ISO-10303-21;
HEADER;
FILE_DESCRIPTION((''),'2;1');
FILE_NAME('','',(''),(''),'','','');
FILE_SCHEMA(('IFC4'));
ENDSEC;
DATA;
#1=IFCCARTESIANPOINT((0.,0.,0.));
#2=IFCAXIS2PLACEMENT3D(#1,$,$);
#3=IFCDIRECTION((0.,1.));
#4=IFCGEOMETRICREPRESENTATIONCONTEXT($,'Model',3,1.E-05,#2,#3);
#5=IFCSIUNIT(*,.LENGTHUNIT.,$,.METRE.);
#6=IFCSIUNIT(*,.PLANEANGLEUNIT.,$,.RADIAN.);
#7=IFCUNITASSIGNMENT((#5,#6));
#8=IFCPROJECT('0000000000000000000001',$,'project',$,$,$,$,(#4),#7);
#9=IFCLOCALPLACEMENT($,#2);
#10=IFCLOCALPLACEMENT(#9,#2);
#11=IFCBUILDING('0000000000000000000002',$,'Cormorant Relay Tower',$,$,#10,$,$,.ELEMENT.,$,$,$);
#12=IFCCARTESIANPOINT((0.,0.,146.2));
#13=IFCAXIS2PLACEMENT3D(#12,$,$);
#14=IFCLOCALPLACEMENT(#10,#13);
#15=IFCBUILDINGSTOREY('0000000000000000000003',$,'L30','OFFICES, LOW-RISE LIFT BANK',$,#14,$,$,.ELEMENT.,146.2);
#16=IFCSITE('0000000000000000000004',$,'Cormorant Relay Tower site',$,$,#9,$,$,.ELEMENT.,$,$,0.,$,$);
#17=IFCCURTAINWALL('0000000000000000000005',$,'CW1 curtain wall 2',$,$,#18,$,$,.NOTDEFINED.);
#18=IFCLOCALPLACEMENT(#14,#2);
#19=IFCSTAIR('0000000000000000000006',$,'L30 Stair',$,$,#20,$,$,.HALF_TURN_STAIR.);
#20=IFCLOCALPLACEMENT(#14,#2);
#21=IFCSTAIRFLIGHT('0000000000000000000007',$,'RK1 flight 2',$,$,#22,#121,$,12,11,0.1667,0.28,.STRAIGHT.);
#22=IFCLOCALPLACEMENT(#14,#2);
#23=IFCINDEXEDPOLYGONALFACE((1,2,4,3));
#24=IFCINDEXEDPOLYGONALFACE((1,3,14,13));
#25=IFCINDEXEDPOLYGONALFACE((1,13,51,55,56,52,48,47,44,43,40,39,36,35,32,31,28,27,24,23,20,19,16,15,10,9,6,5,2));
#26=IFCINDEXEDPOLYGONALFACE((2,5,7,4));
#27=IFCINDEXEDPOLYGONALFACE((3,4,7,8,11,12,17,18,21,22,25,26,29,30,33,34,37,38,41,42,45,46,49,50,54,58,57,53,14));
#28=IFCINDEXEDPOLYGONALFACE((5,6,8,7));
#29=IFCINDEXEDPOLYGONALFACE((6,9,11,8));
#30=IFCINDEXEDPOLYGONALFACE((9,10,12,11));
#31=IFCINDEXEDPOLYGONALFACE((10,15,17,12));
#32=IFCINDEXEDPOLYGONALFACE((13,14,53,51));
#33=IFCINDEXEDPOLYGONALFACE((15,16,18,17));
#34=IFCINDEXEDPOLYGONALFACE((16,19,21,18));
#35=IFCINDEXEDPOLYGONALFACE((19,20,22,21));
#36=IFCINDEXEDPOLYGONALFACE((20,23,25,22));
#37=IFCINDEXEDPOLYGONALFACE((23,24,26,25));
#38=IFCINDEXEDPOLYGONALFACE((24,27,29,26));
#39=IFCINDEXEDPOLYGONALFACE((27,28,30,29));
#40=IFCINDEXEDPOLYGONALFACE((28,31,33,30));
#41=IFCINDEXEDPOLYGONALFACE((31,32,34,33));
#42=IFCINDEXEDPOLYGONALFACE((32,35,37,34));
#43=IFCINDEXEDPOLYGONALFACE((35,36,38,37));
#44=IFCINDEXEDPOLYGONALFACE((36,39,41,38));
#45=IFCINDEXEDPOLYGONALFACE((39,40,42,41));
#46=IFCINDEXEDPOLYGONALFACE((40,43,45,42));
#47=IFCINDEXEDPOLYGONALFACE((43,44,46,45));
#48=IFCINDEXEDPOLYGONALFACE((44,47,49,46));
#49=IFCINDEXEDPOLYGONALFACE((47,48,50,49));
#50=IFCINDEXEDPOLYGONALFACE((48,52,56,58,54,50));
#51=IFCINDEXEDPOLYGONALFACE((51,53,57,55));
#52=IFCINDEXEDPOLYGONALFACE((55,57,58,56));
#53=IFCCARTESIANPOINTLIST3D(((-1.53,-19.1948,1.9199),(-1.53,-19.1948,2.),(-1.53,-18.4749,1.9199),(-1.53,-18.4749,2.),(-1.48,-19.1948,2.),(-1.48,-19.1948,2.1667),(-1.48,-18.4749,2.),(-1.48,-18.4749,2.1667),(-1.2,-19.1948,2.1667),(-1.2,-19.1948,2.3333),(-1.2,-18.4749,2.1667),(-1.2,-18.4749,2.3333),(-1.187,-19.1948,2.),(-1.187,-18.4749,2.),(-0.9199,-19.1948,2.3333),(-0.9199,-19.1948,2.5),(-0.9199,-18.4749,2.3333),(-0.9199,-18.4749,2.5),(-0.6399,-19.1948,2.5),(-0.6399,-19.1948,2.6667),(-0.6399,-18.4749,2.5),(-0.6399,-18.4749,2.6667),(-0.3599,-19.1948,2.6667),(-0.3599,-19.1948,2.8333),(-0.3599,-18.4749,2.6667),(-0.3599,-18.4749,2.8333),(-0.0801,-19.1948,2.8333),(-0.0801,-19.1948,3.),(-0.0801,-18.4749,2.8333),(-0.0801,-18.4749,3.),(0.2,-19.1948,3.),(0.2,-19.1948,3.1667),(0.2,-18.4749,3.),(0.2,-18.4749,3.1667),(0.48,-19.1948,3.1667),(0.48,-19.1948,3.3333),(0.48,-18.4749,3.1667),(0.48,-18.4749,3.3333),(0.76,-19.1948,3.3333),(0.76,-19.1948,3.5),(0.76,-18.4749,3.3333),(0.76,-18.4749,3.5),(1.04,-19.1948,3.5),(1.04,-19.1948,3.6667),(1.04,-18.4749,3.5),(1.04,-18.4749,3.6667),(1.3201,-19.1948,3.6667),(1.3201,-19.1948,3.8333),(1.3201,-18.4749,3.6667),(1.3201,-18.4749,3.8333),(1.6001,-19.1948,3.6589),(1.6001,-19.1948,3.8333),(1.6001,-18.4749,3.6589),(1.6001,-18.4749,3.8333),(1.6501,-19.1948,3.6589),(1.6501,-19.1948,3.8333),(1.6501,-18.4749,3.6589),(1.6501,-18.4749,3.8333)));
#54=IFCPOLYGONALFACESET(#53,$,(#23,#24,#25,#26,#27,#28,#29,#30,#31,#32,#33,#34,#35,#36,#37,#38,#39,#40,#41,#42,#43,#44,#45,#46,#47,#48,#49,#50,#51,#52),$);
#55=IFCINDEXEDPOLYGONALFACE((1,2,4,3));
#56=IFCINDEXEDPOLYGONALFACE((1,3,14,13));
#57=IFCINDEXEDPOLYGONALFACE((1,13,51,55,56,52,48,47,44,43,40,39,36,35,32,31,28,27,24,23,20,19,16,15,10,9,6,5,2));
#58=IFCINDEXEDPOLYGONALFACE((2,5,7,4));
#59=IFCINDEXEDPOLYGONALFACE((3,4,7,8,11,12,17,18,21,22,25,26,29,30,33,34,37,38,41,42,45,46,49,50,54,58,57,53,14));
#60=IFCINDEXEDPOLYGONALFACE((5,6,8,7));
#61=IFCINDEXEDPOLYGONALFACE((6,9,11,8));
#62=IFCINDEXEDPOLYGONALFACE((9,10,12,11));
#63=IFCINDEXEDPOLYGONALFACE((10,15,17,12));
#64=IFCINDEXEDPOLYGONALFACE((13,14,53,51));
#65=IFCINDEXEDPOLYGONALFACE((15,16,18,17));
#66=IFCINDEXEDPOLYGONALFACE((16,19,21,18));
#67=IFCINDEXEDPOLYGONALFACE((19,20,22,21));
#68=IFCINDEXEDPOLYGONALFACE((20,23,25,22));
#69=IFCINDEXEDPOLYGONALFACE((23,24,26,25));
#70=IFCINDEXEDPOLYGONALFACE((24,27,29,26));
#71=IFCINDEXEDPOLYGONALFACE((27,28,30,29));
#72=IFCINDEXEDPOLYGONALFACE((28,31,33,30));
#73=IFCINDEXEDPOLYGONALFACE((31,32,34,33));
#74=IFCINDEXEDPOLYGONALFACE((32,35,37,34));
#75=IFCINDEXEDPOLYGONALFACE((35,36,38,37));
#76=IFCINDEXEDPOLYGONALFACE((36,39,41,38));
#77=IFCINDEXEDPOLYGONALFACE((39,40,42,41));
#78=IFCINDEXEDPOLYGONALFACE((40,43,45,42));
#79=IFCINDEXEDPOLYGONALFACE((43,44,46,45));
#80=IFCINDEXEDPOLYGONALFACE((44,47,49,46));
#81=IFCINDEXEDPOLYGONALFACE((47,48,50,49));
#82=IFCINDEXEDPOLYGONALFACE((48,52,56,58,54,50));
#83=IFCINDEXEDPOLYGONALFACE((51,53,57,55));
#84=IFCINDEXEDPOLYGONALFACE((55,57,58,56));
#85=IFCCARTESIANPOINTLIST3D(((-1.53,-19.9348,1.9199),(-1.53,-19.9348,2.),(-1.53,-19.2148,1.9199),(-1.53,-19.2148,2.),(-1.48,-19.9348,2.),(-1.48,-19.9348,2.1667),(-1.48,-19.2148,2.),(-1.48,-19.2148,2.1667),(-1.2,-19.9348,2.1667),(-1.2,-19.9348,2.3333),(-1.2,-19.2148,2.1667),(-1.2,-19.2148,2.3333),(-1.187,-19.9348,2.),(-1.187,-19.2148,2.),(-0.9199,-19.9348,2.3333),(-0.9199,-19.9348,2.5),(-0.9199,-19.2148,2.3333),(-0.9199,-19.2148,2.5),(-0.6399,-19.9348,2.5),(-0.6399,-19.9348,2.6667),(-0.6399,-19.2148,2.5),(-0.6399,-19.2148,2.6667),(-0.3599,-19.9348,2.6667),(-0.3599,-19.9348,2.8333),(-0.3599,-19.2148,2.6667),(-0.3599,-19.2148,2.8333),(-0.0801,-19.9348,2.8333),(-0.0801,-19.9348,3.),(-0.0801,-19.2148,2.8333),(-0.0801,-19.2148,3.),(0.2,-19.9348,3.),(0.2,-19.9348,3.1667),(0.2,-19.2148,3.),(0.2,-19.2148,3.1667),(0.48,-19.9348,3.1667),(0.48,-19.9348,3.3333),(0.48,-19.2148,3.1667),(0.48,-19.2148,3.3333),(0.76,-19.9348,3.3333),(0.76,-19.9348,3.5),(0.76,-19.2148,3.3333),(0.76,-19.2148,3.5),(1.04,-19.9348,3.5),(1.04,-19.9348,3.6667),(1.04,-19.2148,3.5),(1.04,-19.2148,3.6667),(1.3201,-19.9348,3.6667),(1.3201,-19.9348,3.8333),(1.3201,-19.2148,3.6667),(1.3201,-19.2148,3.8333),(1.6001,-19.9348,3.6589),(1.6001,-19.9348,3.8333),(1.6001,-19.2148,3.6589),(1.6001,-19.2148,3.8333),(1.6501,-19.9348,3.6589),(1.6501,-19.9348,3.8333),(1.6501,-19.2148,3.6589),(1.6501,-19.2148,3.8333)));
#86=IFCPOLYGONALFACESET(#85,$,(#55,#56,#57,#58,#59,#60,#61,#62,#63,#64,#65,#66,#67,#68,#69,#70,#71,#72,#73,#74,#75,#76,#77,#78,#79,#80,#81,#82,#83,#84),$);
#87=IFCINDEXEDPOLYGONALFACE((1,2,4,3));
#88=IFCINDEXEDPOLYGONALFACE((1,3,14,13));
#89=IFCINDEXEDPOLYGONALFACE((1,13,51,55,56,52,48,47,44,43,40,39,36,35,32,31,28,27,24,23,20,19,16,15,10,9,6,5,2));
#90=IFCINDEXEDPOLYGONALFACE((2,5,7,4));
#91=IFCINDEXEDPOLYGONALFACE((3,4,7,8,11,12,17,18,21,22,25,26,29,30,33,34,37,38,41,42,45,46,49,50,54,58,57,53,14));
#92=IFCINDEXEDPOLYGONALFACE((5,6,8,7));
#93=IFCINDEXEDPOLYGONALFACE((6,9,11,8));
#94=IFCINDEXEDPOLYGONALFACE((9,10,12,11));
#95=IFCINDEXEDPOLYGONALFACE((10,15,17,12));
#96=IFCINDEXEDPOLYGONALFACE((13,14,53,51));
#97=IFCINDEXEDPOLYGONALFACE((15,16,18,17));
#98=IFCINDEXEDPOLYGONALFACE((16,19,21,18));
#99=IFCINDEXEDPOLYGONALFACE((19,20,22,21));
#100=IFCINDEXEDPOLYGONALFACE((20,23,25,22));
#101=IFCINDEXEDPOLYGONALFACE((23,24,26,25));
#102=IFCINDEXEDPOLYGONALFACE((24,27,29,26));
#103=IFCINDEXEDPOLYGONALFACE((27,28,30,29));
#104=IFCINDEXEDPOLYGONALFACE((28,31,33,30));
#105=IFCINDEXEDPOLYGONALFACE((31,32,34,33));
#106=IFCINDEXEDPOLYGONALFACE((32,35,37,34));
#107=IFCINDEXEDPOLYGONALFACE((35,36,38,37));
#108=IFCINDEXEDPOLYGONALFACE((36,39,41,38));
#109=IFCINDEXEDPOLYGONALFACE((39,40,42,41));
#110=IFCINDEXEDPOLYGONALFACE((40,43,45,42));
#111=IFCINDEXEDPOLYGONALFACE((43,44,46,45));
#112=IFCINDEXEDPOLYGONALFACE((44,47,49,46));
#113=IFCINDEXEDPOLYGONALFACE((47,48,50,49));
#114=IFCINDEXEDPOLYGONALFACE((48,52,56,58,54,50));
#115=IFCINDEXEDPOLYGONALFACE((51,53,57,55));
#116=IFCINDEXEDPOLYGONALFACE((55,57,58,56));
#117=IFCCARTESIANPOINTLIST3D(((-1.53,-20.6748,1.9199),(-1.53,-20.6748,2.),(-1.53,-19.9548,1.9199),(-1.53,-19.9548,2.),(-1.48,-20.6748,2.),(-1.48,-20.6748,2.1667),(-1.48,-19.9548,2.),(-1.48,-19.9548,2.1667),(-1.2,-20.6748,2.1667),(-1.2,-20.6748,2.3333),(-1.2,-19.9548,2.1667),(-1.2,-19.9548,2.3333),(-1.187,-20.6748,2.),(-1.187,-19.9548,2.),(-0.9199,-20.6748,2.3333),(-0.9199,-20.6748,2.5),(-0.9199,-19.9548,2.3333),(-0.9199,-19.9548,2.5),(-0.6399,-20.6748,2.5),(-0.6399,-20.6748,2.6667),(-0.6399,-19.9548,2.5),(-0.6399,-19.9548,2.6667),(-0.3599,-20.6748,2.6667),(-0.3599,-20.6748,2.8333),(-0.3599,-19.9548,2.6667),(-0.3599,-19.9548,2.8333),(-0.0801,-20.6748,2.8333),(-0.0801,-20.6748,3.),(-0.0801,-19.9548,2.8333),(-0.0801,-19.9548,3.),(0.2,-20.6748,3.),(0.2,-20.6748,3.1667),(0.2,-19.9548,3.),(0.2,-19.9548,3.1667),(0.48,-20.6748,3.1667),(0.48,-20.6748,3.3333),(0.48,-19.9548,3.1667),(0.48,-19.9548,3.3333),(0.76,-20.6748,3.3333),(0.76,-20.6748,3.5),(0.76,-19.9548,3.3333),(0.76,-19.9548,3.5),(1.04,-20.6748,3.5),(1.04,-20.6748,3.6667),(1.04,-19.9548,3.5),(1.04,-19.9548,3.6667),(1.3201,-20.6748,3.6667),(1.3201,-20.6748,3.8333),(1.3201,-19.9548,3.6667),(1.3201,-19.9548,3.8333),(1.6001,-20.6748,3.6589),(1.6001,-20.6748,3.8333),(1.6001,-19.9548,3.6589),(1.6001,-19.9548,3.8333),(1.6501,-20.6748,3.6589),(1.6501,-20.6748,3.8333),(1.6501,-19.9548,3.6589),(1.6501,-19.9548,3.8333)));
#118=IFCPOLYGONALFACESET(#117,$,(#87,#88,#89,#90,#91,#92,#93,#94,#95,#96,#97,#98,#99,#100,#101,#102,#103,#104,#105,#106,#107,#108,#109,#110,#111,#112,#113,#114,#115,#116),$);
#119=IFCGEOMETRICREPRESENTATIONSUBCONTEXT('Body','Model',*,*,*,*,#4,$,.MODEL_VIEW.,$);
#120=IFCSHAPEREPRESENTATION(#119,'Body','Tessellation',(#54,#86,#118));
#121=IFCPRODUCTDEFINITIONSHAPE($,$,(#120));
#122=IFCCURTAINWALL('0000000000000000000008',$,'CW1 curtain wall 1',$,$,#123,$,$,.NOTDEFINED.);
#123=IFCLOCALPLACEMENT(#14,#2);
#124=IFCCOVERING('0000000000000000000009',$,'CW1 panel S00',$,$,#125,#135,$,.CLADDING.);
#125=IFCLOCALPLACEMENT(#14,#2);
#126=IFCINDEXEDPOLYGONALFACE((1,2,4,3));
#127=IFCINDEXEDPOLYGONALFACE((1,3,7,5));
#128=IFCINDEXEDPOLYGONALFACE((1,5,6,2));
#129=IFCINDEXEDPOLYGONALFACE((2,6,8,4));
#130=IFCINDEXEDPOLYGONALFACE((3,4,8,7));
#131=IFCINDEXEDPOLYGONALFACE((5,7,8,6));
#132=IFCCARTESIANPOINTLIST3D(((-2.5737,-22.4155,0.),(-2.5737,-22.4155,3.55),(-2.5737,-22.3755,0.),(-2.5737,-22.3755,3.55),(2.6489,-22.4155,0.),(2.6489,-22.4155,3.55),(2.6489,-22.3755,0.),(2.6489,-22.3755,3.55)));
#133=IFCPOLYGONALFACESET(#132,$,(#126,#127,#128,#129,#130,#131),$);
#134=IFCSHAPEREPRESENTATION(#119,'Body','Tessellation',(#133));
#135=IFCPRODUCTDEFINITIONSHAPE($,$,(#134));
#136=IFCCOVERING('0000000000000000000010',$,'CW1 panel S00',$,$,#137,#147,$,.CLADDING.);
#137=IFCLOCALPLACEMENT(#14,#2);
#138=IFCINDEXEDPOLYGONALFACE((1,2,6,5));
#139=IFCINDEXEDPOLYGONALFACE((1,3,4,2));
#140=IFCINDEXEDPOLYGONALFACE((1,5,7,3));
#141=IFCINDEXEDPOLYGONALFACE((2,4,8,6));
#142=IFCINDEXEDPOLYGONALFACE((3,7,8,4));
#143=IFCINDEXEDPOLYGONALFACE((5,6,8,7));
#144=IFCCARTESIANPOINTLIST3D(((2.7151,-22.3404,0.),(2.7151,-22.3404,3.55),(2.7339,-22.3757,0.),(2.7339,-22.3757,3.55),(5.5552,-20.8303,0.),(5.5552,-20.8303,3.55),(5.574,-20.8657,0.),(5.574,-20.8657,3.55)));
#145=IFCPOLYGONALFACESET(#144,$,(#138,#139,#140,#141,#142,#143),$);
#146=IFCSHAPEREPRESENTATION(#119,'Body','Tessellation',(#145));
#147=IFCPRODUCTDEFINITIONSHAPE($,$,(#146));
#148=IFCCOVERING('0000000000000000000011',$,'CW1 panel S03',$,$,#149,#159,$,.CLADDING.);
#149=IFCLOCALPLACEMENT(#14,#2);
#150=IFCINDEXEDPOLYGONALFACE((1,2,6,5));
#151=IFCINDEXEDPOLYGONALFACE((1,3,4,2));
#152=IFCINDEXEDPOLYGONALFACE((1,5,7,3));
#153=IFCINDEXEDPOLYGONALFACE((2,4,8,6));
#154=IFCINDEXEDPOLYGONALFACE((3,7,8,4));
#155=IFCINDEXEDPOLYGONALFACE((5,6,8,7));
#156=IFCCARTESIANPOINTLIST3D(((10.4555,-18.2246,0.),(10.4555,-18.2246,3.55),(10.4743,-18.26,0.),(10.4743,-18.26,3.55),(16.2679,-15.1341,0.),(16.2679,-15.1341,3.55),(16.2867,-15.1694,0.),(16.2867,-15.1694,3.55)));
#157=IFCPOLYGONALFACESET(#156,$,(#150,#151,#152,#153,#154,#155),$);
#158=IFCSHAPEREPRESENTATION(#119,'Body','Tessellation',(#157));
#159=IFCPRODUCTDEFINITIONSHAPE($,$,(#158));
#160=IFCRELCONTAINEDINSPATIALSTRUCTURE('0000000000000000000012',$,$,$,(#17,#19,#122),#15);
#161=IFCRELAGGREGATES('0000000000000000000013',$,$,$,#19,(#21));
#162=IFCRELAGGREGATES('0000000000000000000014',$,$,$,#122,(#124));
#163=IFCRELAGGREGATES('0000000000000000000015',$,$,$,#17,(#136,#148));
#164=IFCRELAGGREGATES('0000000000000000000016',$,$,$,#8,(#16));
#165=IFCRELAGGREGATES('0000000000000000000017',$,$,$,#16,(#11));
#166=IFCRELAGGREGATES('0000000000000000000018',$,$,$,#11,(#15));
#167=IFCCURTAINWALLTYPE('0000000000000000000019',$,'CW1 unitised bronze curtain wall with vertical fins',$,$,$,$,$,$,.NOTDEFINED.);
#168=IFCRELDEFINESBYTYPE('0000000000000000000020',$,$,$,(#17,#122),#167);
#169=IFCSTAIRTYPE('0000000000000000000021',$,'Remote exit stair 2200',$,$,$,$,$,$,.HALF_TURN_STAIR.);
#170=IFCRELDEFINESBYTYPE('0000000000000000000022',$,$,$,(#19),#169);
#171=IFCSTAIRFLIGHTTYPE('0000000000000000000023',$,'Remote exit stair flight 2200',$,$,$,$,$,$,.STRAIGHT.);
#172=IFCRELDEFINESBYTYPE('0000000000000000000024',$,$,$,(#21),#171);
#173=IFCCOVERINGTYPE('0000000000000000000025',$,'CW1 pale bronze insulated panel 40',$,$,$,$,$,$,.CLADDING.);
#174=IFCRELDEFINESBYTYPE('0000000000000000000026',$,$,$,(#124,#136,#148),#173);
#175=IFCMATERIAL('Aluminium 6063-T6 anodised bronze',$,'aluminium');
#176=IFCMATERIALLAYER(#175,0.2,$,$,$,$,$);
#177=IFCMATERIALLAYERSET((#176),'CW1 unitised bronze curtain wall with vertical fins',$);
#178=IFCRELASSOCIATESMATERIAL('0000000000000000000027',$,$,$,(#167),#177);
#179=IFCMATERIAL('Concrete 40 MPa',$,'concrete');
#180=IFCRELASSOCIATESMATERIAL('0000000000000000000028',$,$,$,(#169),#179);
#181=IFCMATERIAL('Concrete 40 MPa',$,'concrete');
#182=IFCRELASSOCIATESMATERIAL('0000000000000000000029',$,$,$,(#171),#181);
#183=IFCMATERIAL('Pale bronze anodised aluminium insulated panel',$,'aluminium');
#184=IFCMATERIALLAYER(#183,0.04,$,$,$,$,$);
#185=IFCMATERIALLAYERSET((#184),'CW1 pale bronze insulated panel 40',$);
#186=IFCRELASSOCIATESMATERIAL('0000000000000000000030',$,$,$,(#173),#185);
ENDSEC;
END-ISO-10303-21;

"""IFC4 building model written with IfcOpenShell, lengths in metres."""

from ifc_helpers import new_model, si_unit, direction, frame, origin, origin_2d, place, context, subcontext, project, spatial, polyline, rectangle, outline, extrude, material, layer, layer_set, type_object, element, aggregate, save


model = new_model("IFC4")

# Units and contexts
model_context = context("Model", 3, precision=1e-05, world=origin(), true_north=direction((0.0, 1.0)))
body_context = subcontext(model_context, "Body", "Model", "MODEL_VIEW")
ifc_project = project(units=[si_unit("LENGTHUNIT", "METRE"), si_unit("PLANEANGLEUNIT", "RADIAN")], contexts=[model_context])

# Site, building, storey
site_placement = place(None, origin())
site = spatial("IfcSite", under=ifc_project, at=site_placement, Name="Cormorant Relay Tower site", CompositionType="ELEMENT", RefElevation=0.0)
building_placement = place(site_placement, origin())
building = spatial("IfcBuilding", under=site, at=building_placement, Name="Cormorant Relay Tower", CompositionType="ELEMENT")
storey_placement = place(building_placement, frame((0.0, 0.0, 146.2)))
storey = spatial("IfcBuildingStorey", under=building, at=storey_placement, Name="L30", Description="OFFICES, LOW-RISE LIFT BANK", CompositionType="ELEMENT", Elevation=146.2)

# Curtain wall
ifc_material_1 = material(Name="Aluminium 6063-T6 anodised bronze", Category="aluminium")
ifc_layer_1 = layer(ifc_material_1, 0.2)
ifc_layer_set_1 = layer_set([ifc_layer_1], Name="CW1 unitised bronze curtain wall with vertical fins")
curtain_wall_type = type_object("IfcCurtainWallType", Name="CW1 unitised bronze curtain wall with vertical fins", PredefinedType="NOTDEFINED", material=ifc_layer_set_1)
curtain_wall_1_placement = place(storey_placement, origin())
curtain_wall_1 = element("IfcCurtainWall", 1, at=curtain_wall_1_placement, inside=storey, type_object=curtain_wall_type, Name="CW1 curtain wall 2", PredefinedType="NOTDEFINED")

# Stair, stair flight
ifc_material_2 = material(Name="Concrete 40 MPa", Category="concrete")
stair_type = type_object("IfcStairType", Name="Remote exit stair 2200", PredefinedType="HALF_TURN_STAIR", material=ifc_material_2)
stair_placement = place(storey_placement, origin())
stair = element("IfcStair", 2, at=stair_placement, inside=storey, type_object=stair_type, Name="L30 Stair", PredefinedType="HALF_TURN_STAIR")
ifc_material_3 = material(Name="Concrete 40 MPa", Category="concrete")
stair_flight_type = type_object("IfcStairFlightType", Name="Remote exit stair flight 2200", PredefinedType="STRAIGHT", material=ifc_material_3)
stair_flight_1_placement = place(storey_placement, frame((-1.48, -19.575, 2.0), z_axis=(0.0, 0.0, 1.0), x_axis=(1.0, 0.0, 0.0)))
stair_flight_1 = element("IfcStairFlight", 3, at=stair_flight_1_placement, type_object=stair_flight_type, Name="RK1 flight 2", NumberOfRisers=12, NumberOfTreads=11, PredefinedType="STRAIGHT", RiserHeight=0.1667, TreadLength=0.28, context=body_context, shape_type="SweptSolid", body=[
    extrude(outline(polyline([(-0.05, -0.0801), (-0.05, 0.0), (0.0, 0.0), (0.0, 0.1667), (0.28, 0.1667), (0.28, 0.3333), (0.5601, 0.3333), (0.5601, 0.5), (0.8401, 0.5), (0.8401, 0.6667), (1.1201, 0.6667), (1.1201, 0.8333), (1.3999, 0.8333), (1.3999, 1.0), (1.6799, 1.0), (1.6799, 1.1667), (1.96, 1.1667), (1.96, 1.3333), (2.24, 1.3333), (2.24, 1.5), (2.52, 1.5), (2.52, 1.6667), (2.8, 1.6667), (2.8, 1.8333), (3.0801, 1.8333), (3.1301, 1.8333), (3.1301, 1.6589), (3.0801, 1.6589), (0.293, 0.0), (-0.05, -0.0801)])), frame((0.0, 1.1001, 0.0), z_axis=(0.0, -1.0, 0.0), x_axis=(1.0, 0.0, 0.0)), (0.0, 0.0, 1.0), 0.72),
    extrude(outline(polyline([(-0.05, -0.0801), (-0.05, 0.0), (0.0, 0.0), (0.0, 0.1667), (0.28, 0.1667), (0.28, 0.3333), (0.5601, 0.3333), (0.5601, 0.5), (0.8401, 0.5), (0.8401, 0.6667), (1.1201, 0.6667), (1.1201, 0.8333), (1.3999, 0.8333), (1.3999, 1.0), (1.6799, 1.0), (1.6799, 1.1667), (1.96, 1.1667), (1.96, 1.3333), (2.24, 1.3333), (2.24, 1.5), (2.52, 1.5), (2.52, 1.6667), (2.8, 1.6667), (2.8, 1.8333), (3.0801, 1.8333), (3.1301, 1.8333), (3.1301, 1.6589), (3.0801, 1.6589), (0.293, 0.0), (-0.05, -0.0801)])), frame((0.0, 0.3601, 0.0), z_axis=(0.0, -1.0, 0.0), x_axis=(1.0, 0.0, 0.0)), (0.0, 0.0, 1.0), 0.72),
    extrude(outline(polyline([(-0.05, -0.0801), (-0.05, 0.0), (0.0, 0.0), (0.0, 0.1667), (0.28, 0.1667), (0.28, 0.3333), (0.5601, 0.3333), (0.5601, 0.5), (0.8401, 0.5), (0.8401, 0.6667), (1.1201, 0.6667), (1.1201, 0.8333), (1.3999, 0.8333), (1.3999, 1.0), (1.6799, 1.0), (1.6799, 1.1667), (1.96, 1.1667), (1.96, 1.3333), (2.24, 1.3333), (2.24, 1.5), (2.52, 1.5), (2.52, 1.6667), (2.8, 1.6667), (2.8, 1.8333), (3.0801, 1.8333), (3.1301, 1.8333), (3.1301, 1.6589), (3.0801, 1.6589), (0.293, 0.0), (-0.05, -0.0801)])), frame((0.0, -0.3799, 0.0), z_axis=(0.0, -1.0, 0.0), x_axis=(1.0, 0.0, 0.0)), (0.0, 0.0, 1.0), 0.72),
])
aggregate(stair, [stair_flight_1])

# Curtain wall, covering
curtain_wall_2_placement = place(storey_placement, origin())
curtain_wall_2 = element("IfcCurtainWall", 4, at=curtain_wall_2_placement, inside=storey, type_object=curtain_wall_type, Name="CW1 curtain wall 1", PredefinedType="NOTDEFINED")
ifc_material_4 = material(Name="Pale bronze anodised aluminium insulated panel", Category="aluminium")
ifc_layer_2 = layer(ifc_material_4, 0.04)
ifc_layer_set_2 = layer_set([ifc_layer_2], Name="CW1 pale bronze insulated panel 40")
covering_type = type_object("IfcCoveringType", Name="CW1 pale bronze insulated panel 40", PredefinedType="CLADDING", material=ifc_layer_set_2)
covering_1_placement = place(storey_placement, frame((0.0376, -22.3955, 0.0), z_axis=(0.0, 0.0, 1.0), x_axis=(1.0, 0.0, 0.0)))
covering_1 = element("IfcCovering", 5, at=covering_1_placement, type_object=covering_type, Name="CW1 panel S00", PredefinedType="CLADDING", context=body_context, shape_type="SweptSolid", body=[
    extrude(rectangle(XDim=5.2227, YDim=0.04, at=origin_2d()), origin(), (0.0, 0.0, 1.0), 3.55),
])
aggregate(curtain_wall_2, [covering_1])

# Coverings
covering_2_placement = place(storey_placement, frame((4.1445, -21.603, 0.0), z_axis=(0.0, 0.0, 1.0), x_axis=(0.882948, 0.469472, 0.0)))
covering_2 = element("IfcCovering", 6, at=covering_2_placement, type_object=covering_type, Name="CW1 panel S00", PredefinedType="CLADDING", context=body_context, shape_type="SweptSolid", body=[
    extrude(rectangle(XDim=3.2166, YDim=0.04, at=origin_2d()), origin(), (0.0, 0.0, 1.0), 3.55),
])
covering_3_placement = place(storey_placement, frame((13.3711, -16.697, 0.0), z_axis=(0.0, 0.0, 1.0), x_axis=(0.882948, 0.469472, 0.0)))
covering_3 = element("IfcCovering", 7, at=covering_3_placement, type_object=covering_type, Name="CW1 panel S03", PredefinedType="CLADDING", context=body_context, shape_type="SweptSolid", body=[
    extrude(rectangle(XDim=6.583, YDim=0.04, at=origin_2d()), origin(), (0.0, 0.0, 1.0), 3.55),
])
aggregate(curtain_wall_1, [covering_2, covering_3])

save(model, "model.ifc")
